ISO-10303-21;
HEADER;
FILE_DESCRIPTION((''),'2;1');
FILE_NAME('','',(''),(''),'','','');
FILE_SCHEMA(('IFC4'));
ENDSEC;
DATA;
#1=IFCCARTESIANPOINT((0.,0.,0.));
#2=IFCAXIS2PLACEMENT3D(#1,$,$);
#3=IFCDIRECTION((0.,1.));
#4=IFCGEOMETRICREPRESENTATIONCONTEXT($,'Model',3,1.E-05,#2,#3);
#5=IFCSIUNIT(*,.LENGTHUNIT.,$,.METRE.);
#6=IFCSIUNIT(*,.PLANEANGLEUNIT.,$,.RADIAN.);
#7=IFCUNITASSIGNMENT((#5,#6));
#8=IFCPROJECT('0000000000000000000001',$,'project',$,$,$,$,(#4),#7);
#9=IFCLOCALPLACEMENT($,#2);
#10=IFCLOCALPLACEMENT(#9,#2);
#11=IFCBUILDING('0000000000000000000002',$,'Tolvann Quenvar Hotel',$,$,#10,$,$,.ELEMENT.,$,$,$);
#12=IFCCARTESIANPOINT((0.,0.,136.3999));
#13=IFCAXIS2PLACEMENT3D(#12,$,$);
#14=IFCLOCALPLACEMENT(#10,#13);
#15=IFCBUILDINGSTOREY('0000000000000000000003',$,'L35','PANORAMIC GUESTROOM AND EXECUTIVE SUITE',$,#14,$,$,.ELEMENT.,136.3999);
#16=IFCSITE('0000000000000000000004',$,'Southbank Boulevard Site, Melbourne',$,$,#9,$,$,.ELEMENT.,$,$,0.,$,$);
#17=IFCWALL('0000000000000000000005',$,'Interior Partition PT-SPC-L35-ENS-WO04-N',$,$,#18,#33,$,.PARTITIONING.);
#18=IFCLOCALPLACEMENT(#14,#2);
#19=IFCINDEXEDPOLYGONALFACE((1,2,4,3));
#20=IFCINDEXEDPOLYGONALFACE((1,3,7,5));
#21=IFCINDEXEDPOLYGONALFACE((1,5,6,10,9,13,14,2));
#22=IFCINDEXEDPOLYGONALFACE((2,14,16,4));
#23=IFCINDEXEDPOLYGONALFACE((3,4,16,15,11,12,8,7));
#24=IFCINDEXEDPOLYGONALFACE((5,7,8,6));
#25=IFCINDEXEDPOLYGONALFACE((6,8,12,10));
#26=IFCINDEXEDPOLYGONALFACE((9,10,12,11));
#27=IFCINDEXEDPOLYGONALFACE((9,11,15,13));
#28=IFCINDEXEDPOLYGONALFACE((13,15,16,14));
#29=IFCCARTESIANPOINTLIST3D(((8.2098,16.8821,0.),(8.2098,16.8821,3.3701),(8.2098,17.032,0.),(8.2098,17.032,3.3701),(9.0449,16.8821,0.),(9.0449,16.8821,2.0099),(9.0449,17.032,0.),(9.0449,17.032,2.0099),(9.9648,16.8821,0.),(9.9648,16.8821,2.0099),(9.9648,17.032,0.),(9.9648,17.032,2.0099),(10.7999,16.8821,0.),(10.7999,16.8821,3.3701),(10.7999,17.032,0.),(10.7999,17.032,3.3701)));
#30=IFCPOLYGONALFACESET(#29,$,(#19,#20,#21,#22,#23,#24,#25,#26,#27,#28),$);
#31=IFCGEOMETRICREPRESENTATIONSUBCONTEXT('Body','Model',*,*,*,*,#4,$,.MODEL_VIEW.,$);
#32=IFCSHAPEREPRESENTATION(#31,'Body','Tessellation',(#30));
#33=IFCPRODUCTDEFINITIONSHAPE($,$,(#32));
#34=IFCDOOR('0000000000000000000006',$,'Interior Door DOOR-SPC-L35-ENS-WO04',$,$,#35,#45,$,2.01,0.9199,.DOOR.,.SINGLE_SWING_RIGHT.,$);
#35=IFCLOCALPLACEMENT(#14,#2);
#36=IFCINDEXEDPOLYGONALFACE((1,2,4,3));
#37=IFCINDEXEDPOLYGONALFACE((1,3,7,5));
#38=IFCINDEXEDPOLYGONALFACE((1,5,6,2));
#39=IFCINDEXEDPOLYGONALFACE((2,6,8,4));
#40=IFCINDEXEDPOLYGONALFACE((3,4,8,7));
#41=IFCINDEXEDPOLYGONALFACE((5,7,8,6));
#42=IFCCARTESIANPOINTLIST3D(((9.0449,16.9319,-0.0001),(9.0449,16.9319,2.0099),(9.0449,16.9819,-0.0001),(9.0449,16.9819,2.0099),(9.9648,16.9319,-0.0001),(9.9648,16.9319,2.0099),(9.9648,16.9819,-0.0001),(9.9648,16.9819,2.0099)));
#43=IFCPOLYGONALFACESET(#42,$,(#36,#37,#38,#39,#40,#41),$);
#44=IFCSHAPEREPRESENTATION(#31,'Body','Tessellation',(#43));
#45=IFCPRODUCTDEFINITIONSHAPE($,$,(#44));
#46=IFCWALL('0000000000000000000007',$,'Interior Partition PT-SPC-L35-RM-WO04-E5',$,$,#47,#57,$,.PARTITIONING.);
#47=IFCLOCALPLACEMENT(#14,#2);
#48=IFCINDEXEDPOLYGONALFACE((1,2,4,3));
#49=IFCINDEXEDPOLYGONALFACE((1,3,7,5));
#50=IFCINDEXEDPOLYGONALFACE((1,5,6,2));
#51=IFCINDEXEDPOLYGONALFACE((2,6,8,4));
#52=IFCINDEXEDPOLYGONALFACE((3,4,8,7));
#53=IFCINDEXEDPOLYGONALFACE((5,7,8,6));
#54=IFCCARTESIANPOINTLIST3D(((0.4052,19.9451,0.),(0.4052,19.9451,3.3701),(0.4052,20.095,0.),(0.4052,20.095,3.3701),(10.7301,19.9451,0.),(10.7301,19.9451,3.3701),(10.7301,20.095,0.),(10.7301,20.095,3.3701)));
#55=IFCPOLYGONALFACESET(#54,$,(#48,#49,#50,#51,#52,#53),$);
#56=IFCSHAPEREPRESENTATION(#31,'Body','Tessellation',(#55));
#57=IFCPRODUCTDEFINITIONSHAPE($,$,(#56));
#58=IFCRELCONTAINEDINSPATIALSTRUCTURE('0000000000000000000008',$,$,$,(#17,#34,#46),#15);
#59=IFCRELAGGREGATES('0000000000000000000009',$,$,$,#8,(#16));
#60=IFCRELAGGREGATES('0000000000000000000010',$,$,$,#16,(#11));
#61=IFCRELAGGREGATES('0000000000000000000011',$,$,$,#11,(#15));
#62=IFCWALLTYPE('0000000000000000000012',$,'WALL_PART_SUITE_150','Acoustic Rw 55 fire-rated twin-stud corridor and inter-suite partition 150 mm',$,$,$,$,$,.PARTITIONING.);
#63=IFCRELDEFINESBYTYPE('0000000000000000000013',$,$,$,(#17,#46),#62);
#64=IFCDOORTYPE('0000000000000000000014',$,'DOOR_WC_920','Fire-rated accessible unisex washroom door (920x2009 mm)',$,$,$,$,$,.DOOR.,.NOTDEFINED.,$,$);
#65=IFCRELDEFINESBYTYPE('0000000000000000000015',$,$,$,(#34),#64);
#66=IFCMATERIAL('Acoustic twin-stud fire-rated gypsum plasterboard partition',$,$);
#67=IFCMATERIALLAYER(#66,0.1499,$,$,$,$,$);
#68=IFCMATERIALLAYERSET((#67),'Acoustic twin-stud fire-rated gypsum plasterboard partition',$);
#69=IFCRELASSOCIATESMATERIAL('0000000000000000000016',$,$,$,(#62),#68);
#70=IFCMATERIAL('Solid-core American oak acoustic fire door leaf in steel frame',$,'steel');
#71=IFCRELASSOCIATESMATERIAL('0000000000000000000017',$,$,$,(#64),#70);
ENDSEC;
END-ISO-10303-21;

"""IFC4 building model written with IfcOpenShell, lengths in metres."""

from ifc_helpers import new_model, si_unit, direction, frame, frame_2d, origin, place, context, subcontext, project, spatial, rectangle, extrude, source, transform, mapped, material, layer, layer_set, type_object, type_shapes, element, fill, save


model = new_model("IFC4")

# Units and contexts
model_context = context("Model", 3, precision=1e-05, world=origin(), true_north=direction((0.0, 1.0)))
body_context = subcontext(model_context, "Body", "Model", "MODEL_VIEW")
ifc_project = project(units=[si_unit("LENGTHUNIT", "METRE"), si_unit("PLANEANGLEUNIT", "RADIAN")], contexts=[model_context])

# Site, building, storey
site_placement = place(None, origin())
site = spatial("IfcSite", under=ifc_project, at=site_placement, Name="Southbank Boulevard Site, Melbourne", CompositionType="ELEMENT", RefElevation=0.0)
building_placement = place(site_placement, origin())
building = spatial("IfcBuilding", under=site, at=building_placement, Name="Tolvann Quenvar Hotel", CompositionType="ELEMENT")
storey_placement = place(building_placement, frame((0.0, 0.0, 136.3999)))
storey = spatial("IfcBuildingStorey", under=building, at=storey_placement, Name="L35", Description="PANORAMIC GUESTROOM AND EXECUTIVE SUITE", CompositionType="ELEMENT", Elevation=136.3999)

# Shared definitions
ifc_material_1 = material(Name="Acoustic twin-stud fire-rated gypsum plasterboard partition")
ifc_material_2 = material(Name="Solid-core American oak acoustic fire door leaf in steel frame", Category="steel")

# Shared definitions
ifc_layer_1 = layer(ifc_material_1, 0.1499)
ifc_layer_set_1 = layer_set([ifc_layer_1], Name="Acoustic twin-stud fire-rated gypsum plasterboard partition")
wall_type_1 = type_object("IfcWallType", Name="WALL_PART_SUITE_150", Description="Acoustic Rw 55 fire-rated twin-stud corridor and inter-suite partition 150 mm", PredefinedType="PARTITIONING", material=ifc_layer_set_1)

# Wall, opening, door
wall_1_placement = place(storey_placement, frame((8.21, 16.957, 0.0), z_axis=(0.0, 0.0, 1.0), x_axis=(1.0, 0.0, 0.0)))
wall_1 = element("IfcWall", 1, at=wall_1_placement, inside=storey, type_object=wall_type_1, Name="Interior Partition PT-SPC-L35-ENS-WO04-N", PredefinedType="PARTITIONING", context=body_context, shape_type="SweptSolid", body=[
    extrude(rectangle(XDim=2.5901, YDim=0.1499, at=frame_2d((1.2949, 0.0))), origin(), (0.0, 0.0, 1.0), 3.3701),
])
opening_1_placement = place(wall_1_placement, frame((0.835, 0.0, 0.0)))
opening_1 = element("IfcOpeningElement", 2, at=opening_1_placement, cuts=wall_1, PredefinedType="OPENING", context=body_context, shape_type="SweptSolid", body=[
    extrude(rectangle(XDim=0.9199, YDim=2.01, at=frame_2d((0.46, 1.0049))), frame((0.0, 0.085, 0.0), z_axis=(0.0, -1.0, 0.0), x_axis=(1.0, 0.0, 0.0)), (0.0, 0.0, 1.0), 0.1699),
])
door_type_1 = type_object("IfcDoorType", Name="DOOR_WC_920", Description="Fire-rated accessible unisex washroom door (920x2009 mm)", OperationType="NOTDEFINED", PredefinedType="DOOR", material=ifc_material_2)
shared_shape_1 = source(origin(), body_context, "Body", "SweptSolid", [
    extrude(rectangle(XDim=0.9199, YDim=2.01, at=frame_2d((0.46, 1.0049))), frame((0.0, 0.0249, 0.0), z_axis=(0.0, -1.0, 0.0), x_axis=(1.0, 0.0, 0.0)), (0.0, 0.0, 1.0), 0.05),
])
type_shapes(door_type_1, [shared_shape_1])
door_1_placement = place(opening_1_placement, origin())
door_1 = element("IfcDoor", 3, at=door_1_placement, inside=storey, type_object=door_type_1, Name="Interior Door DOOR-SPC-L35-ENS-WO04", OperationType="SINGLE_SWING_RIGHT", OverallHeight=2.01, OverallWidth=0.9199, PredefinedType="DOOR", context=body_context, shape_type="MappedRepresentation", body=[
    mapped(shared_shape_1, transform((0.0, 0.0, 0.0), x_axis=(1.0, 0.0, 0.0), y_axis=(0.0, 1.0, 0.0), z_axis=(0.0, 0.0, 1.0), scale=1.0)),
])
fill(opening_1, door_1)

# Wall
wall_2_placement = place(storey_placement, frame((0.405, 20.02, 0.0), z_axis=(0.0, 0.0, 1.0), x_axis=(1.0, 0.0, 0.0)))
element("IfcWall", 4, at=wall_2_placement, inside=storey, type_object=wall_type_1, Name="Interior Partition PT-SPC-L35-RM-WO04-E5", PredefinedType="PARTITIONING", context=body_context, shape_type="SweptSolid", body=[
    extrude(rectangle(XDim=10.325, YDim=0.1499, at=frame_2d((5.1626, 0.0))), origin(), (0.0, 0.0, 1.0), 3.3701),
])

save(model, "model.ifc")
